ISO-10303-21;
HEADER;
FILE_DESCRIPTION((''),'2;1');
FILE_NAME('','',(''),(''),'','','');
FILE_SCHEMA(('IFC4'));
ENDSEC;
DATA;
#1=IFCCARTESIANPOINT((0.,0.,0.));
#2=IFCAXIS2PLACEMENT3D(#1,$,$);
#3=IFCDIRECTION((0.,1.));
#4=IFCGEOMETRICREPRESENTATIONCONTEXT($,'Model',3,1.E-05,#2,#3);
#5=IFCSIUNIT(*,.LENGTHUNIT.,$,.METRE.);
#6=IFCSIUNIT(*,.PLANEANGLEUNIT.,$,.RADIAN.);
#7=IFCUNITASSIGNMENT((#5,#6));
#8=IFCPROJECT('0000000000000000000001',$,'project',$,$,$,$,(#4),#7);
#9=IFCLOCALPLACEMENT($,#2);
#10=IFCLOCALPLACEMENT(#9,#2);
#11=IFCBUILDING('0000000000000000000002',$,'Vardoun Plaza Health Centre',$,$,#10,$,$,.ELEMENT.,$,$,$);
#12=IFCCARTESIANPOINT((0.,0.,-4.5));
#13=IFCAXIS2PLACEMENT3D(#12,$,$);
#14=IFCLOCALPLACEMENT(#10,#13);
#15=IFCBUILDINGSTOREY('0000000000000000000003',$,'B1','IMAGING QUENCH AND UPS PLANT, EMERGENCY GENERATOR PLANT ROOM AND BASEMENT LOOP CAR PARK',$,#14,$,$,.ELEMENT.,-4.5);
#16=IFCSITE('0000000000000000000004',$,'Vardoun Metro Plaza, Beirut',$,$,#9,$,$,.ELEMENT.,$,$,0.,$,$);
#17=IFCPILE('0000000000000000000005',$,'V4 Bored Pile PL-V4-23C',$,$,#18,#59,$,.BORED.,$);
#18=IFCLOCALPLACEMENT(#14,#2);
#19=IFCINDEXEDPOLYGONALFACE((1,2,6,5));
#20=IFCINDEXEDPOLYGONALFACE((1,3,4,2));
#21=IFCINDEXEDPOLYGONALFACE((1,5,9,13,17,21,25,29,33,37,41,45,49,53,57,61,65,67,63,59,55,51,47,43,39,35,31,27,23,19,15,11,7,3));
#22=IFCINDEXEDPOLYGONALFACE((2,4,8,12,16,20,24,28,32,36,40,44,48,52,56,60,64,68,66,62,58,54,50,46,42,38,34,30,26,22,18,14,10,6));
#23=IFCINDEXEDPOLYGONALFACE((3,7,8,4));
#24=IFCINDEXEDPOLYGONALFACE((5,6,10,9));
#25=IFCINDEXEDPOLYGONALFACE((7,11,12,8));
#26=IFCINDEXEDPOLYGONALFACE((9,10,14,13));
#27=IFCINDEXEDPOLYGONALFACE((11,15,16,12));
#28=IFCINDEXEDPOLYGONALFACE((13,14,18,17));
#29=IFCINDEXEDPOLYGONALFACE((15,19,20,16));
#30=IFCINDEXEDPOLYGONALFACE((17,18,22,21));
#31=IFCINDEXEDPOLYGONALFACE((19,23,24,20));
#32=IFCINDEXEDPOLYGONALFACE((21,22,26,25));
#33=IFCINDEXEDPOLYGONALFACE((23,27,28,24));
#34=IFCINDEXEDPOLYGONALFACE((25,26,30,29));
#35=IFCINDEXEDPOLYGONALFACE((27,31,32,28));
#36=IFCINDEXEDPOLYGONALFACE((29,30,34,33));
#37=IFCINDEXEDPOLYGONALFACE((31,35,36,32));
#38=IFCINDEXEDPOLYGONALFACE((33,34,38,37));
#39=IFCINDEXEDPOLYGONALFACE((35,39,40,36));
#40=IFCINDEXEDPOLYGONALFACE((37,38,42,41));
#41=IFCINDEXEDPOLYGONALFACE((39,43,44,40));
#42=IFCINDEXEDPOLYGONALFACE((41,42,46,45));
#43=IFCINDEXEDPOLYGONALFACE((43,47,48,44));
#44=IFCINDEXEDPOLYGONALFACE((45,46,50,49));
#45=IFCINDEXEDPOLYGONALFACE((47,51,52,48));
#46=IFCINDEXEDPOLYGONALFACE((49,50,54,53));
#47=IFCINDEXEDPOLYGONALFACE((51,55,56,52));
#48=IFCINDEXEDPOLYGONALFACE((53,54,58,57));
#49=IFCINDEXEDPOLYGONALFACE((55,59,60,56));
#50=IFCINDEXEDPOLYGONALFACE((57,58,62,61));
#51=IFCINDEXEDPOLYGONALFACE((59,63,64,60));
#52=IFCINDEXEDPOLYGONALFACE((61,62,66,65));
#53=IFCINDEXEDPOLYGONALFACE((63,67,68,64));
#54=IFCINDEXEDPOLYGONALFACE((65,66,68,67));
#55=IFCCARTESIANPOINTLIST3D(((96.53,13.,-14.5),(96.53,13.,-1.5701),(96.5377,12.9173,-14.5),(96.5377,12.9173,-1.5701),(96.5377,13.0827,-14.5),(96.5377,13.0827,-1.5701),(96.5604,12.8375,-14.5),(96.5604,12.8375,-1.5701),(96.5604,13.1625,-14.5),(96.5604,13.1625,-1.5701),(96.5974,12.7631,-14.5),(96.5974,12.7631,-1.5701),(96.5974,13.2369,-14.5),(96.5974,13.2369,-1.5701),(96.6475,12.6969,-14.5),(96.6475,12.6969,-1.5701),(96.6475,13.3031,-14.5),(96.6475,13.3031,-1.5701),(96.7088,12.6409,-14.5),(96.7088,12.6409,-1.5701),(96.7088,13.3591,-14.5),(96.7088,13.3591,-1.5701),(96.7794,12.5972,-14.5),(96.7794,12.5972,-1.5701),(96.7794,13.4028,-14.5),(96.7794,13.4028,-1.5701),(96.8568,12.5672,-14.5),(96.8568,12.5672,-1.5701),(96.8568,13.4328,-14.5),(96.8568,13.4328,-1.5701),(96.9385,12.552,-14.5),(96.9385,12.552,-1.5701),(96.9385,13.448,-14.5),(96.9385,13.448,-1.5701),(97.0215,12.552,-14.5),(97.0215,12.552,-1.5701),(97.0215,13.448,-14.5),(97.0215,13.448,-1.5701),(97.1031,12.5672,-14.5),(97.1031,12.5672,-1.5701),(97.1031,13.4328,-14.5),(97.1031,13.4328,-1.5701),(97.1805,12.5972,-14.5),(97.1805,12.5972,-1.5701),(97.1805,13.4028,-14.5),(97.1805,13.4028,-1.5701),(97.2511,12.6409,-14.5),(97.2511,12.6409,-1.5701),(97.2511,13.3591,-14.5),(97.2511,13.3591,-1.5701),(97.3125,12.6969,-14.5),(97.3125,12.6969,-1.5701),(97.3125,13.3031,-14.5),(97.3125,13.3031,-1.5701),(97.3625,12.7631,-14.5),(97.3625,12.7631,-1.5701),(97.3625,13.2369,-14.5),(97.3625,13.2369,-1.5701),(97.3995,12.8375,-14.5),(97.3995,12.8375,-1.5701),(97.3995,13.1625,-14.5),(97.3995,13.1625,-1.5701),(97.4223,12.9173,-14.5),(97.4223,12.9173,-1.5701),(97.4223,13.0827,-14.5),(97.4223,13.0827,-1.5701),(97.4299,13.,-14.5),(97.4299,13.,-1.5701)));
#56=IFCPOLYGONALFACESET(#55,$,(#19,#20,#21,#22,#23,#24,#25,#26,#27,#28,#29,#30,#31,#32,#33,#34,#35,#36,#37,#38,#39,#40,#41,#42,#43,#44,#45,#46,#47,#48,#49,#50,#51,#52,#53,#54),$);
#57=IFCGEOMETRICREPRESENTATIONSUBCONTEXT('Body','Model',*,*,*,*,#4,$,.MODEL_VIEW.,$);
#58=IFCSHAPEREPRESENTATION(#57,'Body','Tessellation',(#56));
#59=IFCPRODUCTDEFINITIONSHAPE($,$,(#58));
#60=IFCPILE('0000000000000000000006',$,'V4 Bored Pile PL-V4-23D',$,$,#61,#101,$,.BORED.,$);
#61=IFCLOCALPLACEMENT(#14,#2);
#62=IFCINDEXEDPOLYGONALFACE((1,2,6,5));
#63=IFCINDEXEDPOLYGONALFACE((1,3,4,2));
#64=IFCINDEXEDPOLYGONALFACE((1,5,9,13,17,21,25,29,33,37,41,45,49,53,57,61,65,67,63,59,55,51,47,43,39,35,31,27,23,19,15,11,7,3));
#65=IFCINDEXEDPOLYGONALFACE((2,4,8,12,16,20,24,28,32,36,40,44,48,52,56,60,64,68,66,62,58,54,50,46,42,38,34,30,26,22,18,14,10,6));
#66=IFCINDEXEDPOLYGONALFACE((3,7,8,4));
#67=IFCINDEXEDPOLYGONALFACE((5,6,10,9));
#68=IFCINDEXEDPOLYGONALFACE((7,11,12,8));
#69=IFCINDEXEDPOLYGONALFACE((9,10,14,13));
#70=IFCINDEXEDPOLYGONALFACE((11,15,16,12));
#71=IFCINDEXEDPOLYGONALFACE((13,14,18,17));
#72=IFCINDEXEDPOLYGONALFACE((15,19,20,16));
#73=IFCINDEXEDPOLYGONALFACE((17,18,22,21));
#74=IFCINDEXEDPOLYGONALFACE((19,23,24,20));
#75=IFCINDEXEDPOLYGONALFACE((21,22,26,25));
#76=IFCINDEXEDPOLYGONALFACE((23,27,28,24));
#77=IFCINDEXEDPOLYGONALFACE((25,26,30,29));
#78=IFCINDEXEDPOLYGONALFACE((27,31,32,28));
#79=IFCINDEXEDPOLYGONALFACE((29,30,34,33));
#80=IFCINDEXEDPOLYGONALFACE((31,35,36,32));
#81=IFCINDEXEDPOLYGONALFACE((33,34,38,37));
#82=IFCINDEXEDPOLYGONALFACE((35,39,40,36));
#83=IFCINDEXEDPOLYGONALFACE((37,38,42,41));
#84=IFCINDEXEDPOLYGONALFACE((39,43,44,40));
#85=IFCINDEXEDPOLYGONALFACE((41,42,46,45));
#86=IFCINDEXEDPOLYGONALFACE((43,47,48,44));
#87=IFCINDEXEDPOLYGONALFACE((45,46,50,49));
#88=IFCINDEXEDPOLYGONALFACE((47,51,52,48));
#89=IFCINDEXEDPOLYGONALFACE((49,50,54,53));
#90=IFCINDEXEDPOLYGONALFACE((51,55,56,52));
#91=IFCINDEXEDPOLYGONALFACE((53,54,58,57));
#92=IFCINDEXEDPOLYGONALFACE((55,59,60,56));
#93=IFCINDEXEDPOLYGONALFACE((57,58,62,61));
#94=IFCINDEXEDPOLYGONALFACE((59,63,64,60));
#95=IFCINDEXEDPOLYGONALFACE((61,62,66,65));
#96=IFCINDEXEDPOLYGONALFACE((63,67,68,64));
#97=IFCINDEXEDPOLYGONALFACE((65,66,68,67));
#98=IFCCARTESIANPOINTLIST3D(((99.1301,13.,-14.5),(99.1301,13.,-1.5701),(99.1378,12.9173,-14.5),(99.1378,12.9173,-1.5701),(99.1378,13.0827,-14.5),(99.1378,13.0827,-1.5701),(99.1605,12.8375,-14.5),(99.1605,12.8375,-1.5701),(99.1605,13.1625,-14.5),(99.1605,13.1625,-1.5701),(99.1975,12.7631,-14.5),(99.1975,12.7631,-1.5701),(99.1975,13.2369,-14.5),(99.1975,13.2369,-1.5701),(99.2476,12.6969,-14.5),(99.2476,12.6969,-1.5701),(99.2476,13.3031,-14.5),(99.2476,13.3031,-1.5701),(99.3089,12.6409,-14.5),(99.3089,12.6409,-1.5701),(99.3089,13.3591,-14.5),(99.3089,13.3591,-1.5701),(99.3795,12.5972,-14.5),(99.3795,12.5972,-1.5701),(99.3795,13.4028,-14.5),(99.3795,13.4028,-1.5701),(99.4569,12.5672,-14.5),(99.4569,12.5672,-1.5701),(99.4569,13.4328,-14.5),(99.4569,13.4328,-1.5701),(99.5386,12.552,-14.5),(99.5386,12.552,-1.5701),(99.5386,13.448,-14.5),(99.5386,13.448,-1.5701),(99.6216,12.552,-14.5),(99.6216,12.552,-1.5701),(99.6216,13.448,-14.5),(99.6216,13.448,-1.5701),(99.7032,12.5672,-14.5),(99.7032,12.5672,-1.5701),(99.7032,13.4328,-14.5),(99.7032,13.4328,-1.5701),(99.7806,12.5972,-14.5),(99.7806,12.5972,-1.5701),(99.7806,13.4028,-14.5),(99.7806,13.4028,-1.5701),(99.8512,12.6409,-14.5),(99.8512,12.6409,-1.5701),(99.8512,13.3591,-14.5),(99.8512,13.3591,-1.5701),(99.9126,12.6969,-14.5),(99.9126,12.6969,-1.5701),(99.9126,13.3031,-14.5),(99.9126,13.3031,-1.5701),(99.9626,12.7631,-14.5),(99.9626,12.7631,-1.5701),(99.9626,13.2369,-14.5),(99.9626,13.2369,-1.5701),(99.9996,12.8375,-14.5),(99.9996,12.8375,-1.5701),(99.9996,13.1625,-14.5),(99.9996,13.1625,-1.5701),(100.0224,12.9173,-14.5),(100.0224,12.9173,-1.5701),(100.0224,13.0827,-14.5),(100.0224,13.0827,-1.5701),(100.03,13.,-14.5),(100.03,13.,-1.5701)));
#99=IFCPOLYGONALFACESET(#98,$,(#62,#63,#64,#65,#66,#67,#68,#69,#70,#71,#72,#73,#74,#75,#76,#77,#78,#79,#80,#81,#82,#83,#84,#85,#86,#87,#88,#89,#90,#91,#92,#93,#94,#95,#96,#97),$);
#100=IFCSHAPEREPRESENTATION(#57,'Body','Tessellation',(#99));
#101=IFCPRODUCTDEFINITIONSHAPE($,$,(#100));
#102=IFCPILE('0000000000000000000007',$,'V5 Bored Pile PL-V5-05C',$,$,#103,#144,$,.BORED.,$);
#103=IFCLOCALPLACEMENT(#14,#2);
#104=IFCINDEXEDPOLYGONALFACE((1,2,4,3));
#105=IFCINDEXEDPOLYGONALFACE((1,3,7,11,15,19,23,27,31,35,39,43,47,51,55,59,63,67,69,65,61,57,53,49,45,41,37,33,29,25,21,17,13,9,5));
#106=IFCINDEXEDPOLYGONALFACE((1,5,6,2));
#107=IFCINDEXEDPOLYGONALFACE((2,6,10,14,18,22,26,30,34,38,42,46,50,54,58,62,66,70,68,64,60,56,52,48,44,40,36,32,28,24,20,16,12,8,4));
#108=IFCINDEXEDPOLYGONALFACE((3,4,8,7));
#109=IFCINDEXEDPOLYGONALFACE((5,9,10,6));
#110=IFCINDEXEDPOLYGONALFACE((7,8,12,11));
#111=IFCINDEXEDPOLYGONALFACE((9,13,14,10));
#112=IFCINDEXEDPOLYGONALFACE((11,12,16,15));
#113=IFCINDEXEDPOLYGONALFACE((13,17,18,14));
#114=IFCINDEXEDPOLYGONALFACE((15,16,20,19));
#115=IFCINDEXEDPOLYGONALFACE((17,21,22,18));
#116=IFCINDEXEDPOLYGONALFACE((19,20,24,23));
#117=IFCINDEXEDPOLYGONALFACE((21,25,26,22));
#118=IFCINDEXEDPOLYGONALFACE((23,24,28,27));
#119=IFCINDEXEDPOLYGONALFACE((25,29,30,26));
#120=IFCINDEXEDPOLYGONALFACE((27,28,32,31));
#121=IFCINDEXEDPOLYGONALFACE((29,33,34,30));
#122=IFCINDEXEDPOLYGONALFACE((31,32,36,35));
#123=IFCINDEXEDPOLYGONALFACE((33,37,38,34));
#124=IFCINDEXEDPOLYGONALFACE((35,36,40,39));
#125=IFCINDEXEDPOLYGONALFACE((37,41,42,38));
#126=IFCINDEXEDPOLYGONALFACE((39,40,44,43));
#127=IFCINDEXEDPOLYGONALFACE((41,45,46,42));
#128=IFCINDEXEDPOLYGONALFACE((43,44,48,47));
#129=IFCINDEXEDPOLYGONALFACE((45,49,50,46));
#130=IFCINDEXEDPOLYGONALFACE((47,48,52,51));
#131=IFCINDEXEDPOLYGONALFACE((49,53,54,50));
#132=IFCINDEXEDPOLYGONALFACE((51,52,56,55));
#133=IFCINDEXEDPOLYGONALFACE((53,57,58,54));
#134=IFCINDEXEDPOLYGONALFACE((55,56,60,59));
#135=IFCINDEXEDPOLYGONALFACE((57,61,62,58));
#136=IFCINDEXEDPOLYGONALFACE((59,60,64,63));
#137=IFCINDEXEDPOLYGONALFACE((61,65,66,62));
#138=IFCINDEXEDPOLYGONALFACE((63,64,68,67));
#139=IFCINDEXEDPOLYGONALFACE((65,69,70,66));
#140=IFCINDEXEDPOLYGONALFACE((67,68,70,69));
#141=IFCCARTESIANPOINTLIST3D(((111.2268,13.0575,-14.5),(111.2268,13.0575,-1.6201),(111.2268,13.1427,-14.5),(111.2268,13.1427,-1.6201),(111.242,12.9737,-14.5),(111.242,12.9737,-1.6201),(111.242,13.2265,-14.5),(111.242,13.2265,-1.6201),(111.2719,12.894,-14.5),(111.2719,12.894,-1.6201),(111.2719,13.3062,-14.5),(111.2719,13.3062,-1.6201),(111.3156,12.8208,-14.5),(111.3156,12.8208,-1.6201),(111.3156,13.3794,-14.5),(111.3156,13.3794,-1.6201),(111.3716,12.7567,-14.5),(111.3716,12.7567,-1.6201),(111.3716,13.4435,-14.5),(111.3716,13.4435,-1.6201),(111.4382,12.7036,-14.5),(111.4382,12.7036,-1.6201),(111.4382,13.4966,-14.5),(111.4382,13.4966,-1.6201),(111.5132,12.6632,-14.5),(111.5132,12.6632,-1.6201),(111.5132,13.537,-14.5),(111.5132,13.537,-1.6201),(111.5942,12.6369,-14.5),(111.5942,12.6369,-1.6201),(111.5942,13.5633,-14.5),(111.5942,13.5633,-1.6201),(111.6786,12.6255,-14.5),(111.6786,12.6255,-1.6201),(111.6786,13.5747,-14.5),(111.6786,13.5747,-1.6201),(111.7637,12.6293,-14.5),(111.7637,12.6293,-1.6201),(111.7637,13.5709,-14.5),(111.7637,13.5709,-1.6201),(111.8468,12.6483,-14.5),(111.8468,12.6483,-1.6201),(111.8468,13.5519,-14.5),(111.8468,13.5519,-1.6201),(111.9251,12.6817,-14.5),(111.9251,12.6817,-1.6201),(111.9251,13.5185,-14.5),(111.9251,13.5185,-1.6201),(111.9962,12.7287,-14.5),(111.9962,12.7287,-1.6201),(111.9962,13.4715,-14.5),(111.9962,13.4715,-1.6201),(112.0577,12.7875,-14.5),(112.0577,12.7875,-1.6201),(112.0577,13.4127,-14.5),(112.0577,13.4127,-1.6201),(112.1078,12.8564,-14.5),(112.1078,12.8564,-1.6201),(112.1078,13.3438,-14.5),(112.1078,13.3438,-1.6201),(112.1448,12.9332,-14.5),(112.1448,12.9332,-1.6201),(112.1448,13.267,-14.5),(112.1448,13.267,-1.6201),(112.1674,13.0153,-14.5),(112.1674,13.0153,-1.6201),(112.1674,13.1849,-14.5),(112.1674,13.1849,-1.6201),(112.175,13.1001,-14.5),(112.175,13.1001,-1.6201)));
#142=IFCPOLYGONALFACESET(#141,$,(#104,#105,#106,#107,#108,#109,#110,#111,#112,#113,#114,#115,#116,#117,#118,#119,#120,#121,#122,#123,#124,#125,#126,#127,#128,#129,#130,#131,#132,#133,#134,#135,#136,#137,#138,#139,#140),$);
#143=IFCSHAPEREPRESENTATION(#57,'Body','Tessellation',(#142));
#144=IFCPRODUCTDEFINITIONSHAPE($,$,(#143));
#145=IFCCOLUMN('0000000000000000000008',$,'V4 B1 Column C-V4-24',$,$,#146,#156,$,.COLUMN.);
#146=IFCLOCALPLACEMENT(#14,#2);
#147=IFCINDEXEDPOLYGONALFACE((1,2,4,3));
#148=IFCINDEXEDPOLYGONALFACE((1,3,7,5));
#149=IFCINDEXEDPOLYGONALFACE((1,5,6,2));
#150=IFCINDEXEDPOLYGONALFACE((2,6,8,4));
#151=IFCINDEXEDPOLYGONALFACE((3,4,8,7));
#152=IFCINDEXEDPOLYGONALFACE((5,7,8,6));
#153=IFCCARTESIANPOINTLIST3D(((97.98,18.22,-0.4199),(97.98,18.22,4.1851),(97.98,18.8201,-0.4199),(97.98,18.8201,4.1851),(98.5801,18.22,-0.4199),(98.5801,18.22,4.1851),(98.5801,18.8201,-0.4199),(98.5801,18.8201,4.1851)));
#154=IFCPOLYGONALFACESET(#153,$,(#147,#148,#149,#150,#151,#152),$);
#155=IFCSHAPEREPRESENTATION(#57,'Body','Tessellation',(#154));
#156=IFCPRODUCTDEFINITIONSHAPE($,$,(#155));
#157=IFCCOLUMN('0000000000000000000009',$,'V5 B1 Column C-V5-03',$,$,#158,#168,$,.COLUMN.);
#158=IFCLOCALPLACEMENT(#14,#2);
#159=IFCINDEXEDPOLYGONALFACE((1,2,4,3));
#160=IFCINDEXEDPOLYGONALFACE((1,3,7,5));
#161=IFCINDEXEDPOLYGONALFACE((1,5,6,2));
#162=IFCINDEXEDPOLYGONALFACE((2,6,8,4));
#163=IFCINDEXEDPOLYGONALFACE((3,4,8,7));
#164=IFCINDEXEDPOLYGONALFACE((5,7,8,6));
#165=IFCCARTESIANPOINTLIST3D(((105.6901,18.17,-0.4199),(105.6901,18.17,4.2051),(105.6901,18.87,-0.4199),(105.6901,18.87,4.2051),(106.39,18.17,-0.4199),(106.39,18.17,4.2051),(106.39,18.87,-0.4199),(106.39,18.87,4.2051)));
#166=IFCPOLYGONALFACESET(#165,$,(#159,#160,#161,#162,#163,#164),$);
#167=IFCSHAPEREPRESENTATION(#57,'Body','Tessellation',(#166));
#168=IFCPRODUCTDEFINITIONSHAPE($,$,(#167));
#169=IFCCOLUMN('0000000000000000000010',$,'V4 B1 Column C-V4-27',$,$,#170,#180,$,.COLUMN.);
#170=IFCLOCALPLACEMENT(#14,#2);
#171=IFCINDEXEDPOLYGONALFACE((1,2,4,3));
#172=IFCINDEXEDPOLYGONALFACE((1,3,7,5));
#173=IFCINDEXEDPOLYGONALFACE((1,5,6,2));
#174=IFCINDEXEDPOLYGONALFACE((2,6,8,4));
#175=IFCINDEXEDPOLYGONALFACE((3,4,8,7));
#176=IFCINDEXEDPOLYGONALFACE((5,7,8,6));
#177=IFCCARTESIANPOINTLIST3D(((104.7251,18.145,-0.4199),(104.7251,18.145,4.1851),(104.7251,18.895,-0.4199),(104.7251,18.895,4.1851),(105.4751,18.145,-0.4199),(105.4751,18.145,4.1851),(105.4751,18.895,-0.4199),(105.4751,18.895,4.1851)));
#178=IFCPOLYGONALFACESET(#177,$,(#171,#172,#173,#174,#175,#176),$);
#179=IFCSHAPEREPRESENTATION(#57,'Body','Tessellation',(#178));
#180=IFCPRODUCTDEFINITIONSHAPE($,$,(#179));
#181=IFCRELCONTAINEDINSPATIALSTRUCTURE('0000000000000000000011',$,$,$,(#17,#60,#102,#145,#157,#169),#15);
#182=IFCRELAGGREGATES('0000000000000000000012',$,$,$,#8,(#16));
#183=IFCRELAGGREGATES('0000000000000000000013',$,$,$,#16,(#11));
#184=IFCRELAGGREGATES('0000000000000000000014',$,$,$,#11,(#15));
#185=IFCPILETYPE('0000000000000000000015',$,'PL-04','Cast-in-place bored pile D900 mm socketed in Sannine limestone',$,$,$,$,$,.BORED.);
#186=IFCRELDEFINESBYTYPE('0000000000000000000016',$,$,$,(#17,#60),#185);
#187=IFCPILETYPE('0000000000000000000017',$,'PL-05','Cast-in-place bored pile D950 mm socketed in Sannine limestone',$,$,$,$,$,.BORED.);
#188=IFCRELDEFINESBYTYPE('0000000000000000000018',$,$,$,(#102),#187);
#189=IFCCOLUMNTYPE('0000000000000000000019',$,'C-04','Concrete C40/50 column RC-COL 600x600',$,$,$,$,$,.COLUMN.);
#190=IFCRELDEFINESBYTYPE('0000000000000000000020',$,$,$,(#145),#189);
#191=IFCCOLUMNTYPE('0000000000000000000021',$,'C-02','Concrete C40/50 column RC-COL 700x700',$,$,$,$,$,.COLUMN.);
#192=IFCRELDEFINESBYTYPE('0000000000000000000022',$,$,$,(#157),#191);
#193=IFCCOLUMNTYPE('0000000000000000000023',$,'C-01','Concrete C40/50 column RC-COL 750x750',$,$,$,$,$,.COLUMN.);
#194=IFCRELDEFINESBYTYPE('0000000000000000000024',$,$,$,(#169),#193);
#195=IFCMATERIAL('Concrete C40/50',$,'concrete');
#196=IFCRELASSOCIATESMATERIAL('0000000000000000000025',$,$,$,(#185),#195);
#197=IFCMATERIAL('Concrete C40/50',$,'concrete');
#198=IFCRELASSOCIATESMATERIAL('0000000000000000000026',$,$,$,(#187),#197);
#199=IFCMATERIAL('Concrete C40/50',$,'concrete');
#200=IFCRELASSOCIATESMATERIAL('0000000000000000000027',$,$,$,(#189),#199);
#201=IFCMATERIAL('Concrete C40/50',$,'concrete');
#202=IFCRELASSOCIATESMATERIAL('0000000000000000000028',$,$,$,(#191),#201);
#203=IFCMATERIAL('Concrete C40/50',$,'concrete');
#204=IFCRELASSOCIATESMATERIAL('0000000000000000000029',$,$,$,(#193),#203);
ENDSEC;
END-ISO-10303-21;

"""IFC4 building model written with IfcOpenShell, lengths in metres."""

from ifc_helpers import new_model, si_unit, direction, frame, origin, origin_2d, place, context, subcontext, project, spatial, rectangle, circle, extrude, material, material_profile, profile_set, type_object, element, save


model = new_model("IFC4")

# Units and contexts
model_context = context("Model", 3, precision=1e-05, world=origin(), true_north=direction((0.0, 1.0)))
body_context = subcontext(model_context, "Body", "Model", "MODEL_VIEW")
ifc_project = project(units=[si_unit("LENGTHUNIT", "METRE"), si_unit("PLANEANGLEUNIT", "RADIAN")], contexts=[model_context])

# Site, building, storey
site_placement = place(None, origin())
site = spatial("IfcSite", under=ifc_project, at=site_placement, Name="Vardoun Metro Plaza, Beirut", CompositionType="ELEMENT", RefElevation=0.0)
building_placement = place(site_placement, origin())
building = spatial("IfcBuilding", under=site, at=building_placement, Name="Vardoun Plaza Health Centre", CompositionType="ELEMENT")
storey_placement = place(building_placement, frame((0.0, 0.0, -4.5)))
storey = spatial("IfcBuildingStorey", under=building, at=storey_placement, Name="B1", Description="IMAGING QUENCH AND UPS PLANT, EMERGENCY GENERATOR PLANT ROOM AND BASEMENT LOOP CAR PARK", CompositionType="ELEMENT", Elevation=-4.5)

# Piles
ifc_material_1 = material(Name="Concrete C40/50", Category="concrete")
ifc_material_profile_1 = material_profile(ifc_material_1, circle(Radius=0.45, at=origin_2d()), Name="PILE D900")
ifc_profile_set_1 = profile_set([ifc_material_profile_1], Name="Concrete C40/50")
pile_type_1 = type_object("IfcPileType", Name="PL-04", Description="Cast-in-place bored pile D900 mm socketed in Sannine limestone", PredefinedType="BORED", material=ifc_profile_set_1)
for number, where, z_axis, x_axis, name in (
    (1, (96.98, 13.0, -1.5701), (0.0, 0.0, -1.0), (1.0, 0.0, 0.0), "V4 Bored Pile PL-V4-23C"),
    (2, (99.5801, 13.0, -1.5701), (0.0, 0.0, -1.0), (1.0, 0.0, 0.0), "V4 Bored Pile PL-V4-23D"),
):
    element("IfcPile", number, at=place(storey_placement, frame(where, z_axis=z_axis, x_axis=x_axis)), inside=storey, type_object=pile_type_1, Name=name, PredefinedType="BORED", context=body_context, shape_type="SweptSolid", body=[
        extrude(circle(Radius=0.45, at=origin_2d()), origin(), (0.0, 0.0, 1.0), 12.9299),
    ])
ifc_material_2 = material(Name="Concrete C40/50", Category="concrete")
ifc_material_profile_2 = material_profile(ifc_material_2, circle(Radius=0.4751, at=origin_2d()), Name="PILE D950")
ifc_profile_set_2 = profile_set([ifc_material_profile_2], Name="Concrete C40/50")
pile_type_2 = type_object("IfcPileType", Name="PL-05", Description="Cast-in-place bored pile D950 mm socketed in Sannine limestone", PredefinedType="BORED", material=ifc_profile_set_2)
pile_1_placement = place(storey_placement, frame((111.7, 13.1001, -1.6201), z_axis=(0.0, 0.0, -1.0), x_axis=(1.0, 0.0, 0.0)))
element("IfcPile", 3, at=pile_1_placement, inside=storey, type_object=pile_type_2, Name="V5 Bored Pile PL-V5-05C", PredefinedType="BORED", context=body_context, shape_type="SweptSolid", body=[
    extrude(circle(Radius=0.4751, at=origin_2d()), origin(), (0.0, 0.0, 1.0), 12.8799),
])

# Columns
ifc_material_3 = material(Name="Concrete C40/50", Category="concrete")
ifc_material_profile_3 = material_profile(ifc_material_3, rectangle(XDim=0.6001, YDim=0.6001, at=origin_2d()), Name="RC-COL 600x600")
ifc_profile_set_3 = profile_set([ifc_material_profile_3], Name="Concrete C40/50")
column_type_1 = type_object("IfcColumnType", Name="C-04", Description="Concrete C40/50 column RC-COL 600x600", PredefinedType="COLUMN", material=ifc_profile_set_3)
column_1_placement = place(storey_placement, frame((98.28, 18.52, -0.4199), z_axis=(0.0, 0.0, 1.0), x_axis=(1.0, 0.0, 0.0)))
element("IfcColumn", 4, at=column_1_placement, inside=storey, type_object=column_type_1, Name="V4 B1 Column C-V4-24", PredefinedType="COLUMN", context=body_context, shape_type="SweptSolid", body=[
    extrude(rectangle(XDim=0.6001, YDim=0.6001, at=origin_2d()), origin(), (0.0, 0.0, 1.0), 4.605),
])
ifc_material_4 = material(Name="Concrete C40/50", Category="concrete")
ifc_material_profile_4 = material_profile(ifc_material_4, rectangle(XDim=0.7, YDim=0.7, at=origin_2d()), Name="RC-COL 700x700")
ifc_profile_set_4 = profile_set([ifc_material_profile_4], Name="Concrete C40/50")
column_type_2 = type_object("IfcColumnType", Name="C-02", Description="Concrete C40/50 column RC-COL 700x700", PredefinedType="COLUMN", material=ifc_profile_set_4)
column_2_placement = place(storey_placement, frame((106.04, 18.52, -0.4199), z_axis=(0.0, 0.0, 1.0), x_axis=(1.0, 0.0, 0.0)))
element("IfcColumn", 5, at=column_2_placement, inside=storey, type_object=column_type_2, Name="V5 B1 Column C-V5-03", PredefinedType="COLUMN", context=body_context, shape_type="SweptSolid", body=[
    extrude(rectangle(XDim=0.7, YDim=0.7, at=origin_2d()), origin(), (0.0, 0.0, 1.0), 4.625),
])
ifc_material_5 = material(Name="Concrete C40/50", Category="concrete")
ifc_material_profile_5 = material_profile(ifc_material_5, rectangle(XDim=0.75, YDim=0.75, at=origin_2d()), Name="RC-COL 750x750")
ifc_profile_set_5 = profile_set([ifc_material_profile_5], Name="Concrete C40/50")
column_type_3 = type_object("IfcColumnType", Name="C-01", Description="Concrete C40/50 column RC-COL 750x750", PredefinedType="COLUMN", material=ifc_profile_set_5)
column_3_placement = place(storey_placement, frame((105.1001, 18.52, -0.4199), z_axis=(0.0, 0.0, 1.0), x_axis=(1.0, 0.0, 0.0)))
element("IfcColumn", 6, at=column_3_placement, inside=storey, type_object=column_type_3, Name="V4 B1 Column C-V4-27", PredefinedType="COLUMN", context=body_context, shape_type="SweptSolid", body=[
    extrude(rectangle(XDim=0.75, YDim=0.75, at=origin_2d()), origin(), (0.0, 0.0, 1.0), 4.605),
])

save(model, "model.ifc")
